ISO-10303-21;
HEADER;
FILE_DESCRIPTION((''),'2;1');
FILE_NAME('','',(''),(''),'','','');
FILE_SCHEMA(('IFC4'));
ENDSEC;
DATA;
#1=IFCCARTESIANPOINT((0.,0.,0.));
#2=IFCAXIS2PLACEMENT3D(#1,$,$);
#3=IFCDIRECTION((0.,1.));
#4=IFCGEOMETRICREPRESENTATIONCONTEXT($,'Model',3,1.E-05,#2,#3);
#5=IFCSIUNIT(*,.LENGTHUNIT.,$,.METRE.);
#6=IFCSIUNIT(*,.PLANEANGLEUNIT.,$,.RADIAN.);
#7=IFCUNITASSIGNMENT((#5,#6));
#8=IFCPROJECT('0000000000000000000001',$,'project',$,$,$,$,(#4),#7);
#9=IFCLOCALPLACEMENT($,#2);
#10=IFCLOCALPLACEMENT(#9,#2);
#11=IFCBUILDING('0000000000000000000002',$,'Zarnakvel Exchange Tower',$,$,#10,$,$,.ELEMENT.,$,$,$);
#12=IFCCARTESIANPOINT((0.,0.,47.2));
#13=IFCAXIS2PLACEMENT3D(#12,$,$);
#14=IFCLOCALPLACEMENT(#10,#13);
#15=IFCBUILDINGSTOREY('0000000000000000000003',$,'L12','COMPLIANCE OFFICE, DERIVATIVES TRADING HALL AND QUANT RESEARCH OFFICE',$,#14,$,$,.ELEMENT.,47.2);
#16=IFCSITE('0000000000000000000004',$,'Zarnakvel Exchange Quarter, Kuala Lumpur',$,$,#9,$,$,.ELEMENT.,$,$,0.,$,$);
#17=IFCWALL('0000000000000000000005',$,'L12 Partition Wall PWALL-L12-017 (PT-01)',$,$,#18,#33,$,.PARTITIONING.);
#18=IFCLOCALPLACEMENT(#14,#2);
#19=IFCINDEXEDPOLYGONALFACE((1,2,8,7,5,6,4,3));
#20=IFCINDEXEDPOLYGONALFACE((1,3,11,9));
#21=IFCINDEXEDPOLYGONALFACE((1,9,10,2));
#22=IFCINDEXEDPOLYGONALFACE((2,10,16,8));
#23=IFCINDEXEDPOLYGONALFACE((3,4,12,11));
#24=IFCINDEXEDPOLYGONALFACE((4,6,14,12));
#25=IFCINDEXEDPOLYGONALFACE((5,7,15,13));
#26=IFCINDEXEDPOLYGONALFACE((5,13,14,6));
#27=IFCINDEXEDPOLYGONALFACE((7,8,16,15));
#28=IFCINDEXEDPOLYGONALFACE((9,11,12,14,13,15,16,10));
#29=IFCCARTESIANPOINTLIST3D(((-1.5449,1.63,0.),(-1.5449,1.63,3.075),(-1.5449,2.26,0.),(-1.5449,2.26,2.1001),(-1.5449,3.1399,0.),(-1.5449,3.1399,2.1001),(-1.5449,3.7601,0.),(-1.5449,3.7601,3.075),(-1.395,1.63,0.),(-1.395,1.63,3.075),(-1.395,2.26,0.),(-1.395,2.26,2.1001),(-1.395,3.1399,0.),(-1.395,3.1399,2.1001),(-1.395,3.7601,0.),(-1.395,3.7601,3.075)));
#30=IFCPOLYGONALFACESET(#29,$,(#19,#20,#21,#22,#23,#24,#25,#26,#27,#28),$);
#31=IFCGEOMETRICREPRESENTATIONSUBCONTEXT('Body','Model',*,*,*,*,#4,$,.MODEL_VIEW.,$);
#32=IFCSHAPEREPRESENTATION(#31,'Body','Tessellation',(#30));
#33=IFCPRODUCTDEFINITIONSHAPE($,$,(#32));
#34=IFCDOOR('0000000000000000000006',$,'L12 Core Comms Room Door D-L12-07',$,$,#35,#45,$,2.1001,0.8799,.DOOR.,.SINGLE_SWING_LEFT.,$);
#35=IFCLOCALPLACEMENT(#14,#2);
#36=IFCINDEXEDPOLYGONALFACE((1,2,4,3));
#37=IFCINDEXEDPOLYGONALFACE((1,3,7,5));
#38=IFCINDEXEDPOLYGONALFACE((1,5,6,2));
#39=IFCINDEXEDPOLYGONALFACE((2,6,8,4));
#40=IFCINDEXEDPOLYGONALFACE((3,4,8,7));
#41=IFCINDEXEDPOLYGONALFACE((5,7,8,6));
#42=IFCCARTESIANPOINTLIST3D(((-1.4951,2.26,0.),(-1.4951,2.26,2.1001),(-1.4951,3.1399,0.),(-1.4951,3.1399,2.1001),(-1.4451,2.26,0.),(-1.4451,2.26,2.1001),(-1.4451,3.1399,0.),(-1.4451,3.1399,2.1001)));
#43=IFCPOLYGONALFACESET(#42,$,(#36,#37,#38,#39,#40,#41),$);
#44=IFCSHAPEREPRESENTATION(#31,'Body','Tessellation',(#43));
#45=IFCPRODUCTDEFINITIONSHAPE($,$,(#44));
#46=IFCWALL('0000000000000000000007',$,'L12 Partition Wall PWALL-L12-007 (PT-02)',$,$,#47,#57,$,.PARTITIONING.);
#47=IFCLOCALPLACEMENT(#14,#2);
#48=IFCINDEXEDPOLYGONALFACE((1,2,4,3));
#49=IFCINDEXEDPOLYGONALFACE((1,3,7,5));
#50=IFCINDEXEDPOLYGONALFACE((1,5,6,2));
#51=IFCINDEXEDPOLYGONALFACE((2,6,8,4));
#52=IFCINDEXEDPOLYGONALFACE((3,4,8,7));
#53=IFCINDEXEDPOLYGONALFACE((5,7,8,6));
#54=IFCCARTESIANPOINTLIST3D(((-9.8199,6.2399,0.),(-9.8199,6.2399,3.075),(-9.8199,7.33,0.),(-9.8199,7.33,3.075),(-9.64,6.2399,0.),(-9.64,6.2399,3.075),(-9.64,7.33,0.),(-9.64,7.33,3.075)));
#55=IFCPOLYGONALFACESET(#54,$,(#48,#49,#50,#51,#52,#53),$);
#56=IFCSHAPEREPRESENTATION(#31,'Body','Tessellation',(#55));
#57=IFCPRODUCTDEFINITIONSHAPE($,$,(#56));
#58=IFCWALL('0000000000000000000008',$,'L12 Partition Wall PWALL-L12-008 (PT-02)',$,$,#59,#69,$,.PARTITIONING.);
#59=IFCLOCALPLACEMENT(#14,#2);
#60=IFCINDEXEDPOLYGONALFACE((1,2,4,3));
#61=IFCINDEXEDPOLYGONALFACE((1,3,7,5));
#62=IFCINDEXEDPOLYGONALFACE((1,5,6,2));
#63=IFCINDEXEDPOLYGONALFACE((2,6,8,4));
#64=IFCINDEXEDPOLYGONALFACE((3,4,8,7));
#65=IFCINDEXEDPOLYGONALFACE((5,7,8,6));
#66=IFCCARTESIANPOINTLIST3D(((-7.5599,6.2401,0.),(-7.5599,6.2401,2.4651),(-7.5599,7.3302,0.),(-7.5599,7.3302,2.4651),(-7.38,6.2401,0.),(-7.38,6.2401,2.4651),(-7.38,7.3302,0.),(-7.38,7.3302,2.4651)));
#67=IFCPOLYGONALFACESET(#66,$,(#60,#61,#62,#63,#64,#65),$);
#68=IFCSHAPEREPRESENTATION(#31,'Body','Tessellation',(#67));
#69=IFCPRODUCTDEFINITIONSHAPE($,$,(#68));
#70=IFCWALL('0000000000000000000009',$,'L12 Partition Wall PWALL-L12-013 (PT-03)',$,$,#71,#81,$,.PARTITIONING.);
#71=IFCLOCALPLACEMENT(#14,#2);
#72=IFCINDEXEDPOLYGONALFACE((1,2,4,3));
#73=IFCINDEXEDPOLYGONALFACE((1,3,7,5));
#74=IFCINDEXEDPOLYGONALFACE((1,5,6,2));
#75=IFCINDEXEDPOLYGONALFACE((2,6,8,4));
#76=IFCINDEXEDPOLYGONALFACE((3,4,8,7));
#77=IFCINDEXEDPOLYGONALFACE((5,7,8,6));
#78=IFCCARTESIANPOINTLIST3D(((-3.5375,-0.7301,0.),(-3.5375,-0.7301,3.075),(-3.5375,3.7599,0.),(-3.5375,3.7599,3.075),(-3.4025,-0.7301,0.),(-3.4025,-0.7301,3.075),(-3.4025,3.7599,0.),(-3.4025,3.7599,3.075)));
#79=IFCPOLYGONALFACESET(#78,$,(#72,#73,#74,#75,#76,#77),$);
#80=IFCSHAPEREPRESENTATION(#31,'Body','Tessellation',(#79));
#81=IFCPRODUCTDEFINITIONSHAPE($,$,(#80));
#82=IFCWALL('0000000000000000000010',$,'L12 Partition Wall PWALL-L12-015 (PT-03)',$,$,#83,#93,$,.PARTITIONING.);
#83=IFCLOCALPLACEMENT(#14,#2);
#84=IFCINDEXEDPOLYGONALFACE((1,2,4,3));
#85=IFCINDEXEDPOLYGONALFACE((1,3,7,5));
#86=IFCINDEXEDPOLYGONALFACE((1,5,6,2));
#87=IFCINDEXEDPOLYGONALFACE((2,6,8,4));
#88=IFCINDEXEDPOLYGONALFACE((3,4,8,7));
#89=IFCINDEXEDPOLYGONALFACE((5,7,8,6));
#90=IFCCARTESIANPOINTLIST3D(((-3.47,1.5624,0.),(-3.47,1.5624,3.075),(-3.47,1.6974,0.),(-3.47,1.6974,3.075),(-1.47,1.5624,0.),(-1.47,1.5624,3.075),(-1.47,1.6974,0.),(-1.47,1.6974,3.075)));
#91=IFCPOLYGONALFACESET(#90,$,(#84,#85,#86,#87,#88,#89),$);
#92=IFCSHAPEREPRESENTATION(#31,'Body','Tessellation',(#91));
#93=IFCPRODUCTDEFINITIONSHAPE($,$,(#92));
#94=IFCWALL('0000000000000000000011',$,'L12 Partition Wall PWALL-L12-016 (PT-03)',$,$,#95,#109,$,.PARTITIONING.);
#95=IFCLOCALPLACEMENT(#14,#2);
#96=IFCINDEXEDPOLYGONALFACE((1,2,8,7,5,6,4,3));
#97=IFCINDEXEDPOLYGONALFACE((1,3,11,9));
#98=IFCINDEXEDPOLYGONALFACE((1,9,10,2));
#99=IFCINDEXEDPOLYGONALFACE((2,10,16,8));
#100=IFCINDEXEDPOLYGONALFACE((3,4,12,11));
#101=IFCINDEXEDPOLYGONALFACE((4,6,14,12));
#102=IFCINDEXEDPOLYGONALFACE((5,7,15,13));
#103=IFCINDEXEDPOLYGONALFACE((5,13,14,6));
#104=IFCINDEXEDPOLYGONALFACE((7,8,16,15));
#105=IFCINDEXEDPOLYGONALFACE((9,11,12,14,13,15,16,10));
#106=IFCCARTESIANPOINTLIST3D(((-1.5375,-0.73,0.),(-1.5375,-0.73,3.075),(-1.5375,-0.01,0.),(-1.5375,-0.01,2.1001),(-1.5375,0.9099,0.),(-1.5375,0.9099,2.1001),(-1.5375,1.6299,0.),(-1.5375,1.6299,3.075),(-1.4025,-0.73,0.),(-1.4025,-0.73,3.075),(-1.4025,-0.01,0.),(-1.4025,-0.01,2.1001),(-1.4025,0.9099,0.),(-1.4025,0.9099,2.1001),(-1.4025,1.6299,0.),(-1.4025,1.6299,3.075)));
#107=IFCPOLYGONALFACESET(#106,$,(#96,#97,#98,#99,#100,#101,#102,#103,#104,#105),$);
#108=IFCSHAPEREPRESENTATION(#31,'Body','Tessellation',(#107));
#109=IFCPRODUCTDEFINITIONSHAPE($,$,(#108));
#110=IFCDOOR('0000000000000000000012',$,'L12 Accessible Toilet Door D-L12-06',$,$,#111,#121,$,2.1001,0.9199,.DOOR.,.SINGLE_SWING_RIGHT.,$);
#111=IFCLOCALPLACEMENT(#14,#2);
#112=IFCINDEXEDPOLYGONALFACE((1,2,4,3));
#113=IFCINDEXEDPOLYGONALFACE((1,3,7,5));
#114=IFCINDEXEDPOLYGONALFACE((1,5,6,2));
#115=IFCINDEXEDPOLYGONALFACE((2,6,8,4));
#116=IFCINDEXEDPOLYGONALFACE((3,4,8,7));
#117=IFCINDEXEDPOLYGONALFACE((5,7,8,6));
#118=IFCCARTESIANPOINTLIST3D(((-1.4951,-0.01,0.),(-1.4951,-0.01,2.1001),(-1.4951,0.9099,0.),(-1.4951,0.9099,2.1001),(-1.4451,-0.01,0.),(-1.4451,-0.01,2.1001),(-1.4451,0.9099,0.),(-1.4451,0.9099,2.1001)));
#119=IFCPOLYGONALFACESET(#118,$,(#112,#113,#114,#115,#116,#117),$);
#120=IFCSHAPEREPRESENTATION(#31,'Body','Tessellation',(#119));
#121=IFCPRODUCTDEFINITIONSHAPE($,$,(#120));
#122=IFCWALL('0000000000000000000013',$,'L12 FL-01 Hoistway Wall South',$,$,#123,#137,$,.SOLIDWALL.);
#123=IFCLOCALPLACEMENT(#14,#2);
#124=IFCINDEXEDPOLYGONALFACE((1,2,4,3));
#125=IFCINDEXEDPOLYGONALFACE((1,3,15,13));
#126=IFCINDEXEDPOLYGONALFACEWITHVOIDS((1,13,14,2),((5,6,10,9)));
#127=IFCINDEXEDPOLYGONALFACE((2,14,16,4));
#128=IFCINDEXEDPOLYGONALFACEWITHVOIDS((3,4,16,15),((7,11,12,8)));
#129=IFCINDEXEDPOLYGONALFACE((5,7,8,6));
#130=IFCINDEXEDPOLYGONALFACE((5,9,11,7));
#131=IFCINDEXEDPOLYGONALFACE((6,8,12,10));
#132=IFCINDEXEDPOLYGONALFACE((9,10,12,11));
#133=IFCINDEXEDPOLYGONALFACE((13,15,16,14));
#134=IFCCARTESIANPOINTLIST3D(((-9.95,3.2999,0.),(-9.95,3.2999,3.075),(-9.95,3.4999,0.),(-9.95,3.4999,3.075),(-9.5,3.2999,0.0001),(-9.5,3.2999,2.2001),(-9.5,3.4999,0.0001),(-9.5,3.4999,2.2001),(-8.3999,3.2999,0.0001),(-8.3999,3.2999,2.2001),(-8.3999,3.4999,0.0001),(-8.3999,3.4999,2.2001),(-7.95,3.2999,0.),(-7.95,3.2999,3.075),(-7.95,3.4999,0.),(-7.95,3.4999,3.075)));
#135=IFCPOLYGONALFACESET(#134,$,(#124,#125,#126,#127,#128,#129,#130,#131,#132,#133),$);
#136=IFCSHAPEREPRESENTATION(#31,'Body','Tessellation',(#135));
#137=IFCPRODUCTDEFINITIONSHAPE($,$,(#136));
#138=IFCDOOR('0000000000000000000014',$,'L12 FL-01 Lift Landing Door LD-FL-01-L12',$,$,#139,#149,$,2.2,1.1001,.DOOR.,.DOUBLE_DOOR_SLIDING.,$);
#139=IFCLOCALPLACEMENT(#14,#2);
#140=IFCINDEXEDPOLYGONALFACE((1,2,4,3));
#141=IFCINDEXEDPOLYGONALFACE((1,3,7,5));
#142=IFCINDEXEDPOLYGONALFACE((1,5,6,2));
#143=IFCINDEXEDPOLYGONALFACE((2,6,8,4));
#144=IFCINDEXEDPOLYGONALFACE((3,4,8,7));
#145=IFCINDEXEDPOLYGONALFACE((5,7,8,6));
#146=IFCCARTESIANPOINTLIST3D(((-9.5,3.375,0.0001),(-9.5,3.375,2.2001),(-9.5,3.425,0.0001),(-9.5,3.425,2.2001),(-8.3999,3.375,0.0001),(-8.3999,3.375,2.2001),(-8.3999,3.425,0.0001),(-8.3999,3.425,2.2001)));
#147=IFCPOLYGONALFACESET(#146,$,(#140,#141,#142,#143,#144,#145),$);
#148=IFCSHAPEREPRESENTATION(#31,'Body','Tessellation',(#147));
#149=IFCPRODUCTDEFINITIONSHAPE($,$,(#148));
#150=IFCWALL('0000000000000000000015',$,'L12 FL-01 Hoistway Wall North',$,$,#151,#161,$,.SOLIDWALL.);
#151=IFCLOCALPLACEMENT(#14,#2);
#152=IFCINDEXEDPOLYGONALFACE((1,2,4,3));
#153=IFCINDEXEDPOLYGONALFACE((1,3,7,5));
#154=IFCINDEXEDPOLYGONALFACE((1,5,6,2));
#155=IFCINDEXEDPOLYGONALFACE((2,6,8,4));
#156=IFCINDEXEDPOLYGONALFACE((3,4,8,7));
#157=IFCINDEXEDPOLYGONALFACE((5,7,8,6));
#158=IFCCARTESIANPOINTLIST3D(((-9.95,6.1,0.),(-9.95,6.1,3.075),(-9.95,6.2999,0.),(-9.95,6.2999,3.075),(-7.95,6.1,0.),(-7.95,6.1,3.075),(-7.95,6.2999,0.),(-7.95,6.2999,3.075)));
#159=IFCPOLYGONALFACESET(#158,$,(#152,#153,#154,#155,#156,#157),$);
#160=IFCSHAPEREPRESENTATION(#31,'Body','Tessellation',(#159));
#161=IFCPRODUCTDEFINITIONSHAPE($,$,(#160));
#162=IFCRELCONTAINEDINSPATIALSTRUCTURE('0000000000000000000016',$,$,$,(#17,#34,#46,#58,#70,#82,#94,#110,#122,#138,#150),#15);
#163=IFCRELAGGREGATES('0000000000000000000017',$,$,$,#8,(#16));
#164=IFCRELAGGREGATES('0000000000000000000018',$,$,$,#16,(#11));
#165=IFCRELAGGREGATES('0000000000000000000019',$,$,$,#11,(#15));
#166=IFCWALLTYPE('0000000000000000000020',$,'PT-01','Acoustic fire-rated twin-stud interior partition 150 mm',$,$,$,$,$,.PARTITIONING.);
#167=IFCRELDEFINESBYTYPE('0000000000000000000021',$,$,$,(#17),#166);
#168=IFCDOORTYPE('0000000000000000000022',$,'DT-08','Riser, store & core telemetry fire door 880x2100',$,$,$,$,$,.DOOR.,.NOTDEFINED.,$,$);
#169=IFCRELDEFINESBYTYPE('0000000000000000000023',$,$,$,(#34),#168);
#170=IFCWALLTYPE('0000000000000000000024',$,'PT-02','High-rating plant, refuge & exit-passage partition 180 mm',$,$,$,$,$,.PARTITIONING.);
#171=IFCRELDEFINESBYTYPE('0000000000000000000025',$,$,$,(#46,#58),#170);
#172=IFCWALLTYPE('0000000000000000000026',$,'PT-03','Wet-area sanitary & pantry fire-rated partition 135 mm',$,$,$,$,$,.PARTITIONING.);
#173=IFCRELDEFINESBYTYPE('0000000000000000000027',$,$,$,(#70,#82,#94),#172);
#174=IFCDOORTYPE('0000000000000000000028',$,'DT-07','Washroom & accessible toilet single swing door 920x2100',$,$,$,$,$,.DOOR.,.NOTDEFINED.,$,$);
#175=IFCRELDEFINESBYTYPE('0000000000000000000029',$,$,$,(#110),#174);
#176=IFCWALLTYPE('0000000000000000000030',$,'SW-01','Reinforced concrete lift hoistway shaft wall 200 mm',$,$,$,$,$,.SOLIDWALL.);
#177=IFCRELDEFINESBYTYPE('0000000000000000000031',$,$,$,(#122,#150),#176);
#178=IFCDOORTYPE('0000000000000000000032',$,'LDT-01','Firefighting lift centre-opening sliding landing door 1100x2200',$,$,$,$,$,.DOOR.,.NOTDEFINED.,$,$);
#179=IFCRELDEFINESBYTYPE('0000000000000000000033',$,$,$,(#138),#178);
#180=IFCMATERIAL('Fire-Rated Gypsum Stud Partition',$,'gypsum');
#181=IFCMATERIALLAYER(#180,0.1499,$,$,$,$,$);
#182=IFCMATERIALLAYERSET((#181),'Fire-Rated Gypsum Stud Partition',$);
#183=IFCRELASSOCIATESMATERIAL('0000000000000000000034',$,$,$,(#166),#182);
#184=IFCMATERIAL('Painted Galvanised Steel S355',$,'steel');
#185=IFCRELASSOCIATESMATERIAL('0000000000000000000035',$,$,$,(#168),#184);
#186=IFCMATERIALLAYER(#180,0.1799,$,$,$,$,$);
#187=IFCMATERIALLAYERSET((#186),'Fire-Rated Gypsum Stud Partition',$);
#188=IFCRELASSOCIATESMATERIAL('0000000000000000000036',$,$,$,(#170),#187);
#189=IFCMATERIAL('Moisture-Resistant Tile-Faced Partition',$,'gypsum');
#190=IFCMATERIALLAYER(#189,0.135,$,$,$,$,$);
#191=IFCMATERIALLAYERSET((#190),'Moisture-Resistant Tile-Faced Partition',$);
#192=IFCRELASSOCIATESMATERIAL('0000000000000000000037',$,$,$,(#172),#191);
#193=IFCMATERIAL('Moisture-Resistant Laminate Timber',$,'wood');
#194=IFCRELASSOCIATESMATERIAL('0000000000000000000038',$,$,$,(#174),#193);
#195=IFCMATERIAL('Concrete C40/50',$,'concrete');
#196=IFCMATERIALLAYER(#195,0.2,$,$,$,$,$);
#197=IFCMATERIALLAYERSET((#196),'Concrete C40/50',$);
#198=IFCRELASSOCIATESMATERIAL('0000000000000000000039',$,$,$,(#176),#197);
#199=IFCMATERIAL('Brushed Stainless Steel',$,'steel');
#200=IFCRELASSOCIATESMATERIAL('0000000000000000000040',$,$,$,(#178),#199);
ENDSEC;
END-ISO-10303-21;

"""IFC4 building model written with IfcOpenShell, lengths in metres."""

from ifc_helpers import new_model, si_unit, direction, frame, frame_2d, origin, place, context, subcontext, project, spatial, rectangle, extrude, source, transform, mapped, material, layer, layer_set, type_object, element, fill, save


model = new_model("IFC4")

# Units and contexts
model_context = context("Model", 3, precision=1e-05, world=origin(), true_north=direction((0.0, 1.0)))
body_context = subcontext(model_context, "Body", "Model", "MODEL_VIEW")
ifc_project = project(units=[si_unit("LENGTHUNIT", "METRE"), si_unit("PLANEANGLEUNIT", "RADIAN")], contexts=[model_context])

# Site, building, storey
site_placement = place(None, origin())
site = spatial("IfcSite", under=ifc_project, at=site_placement, Name="Zarnakvel Exchange Quarter, Kuala Lumpur", CompositionType="ELEMENT", RefElevation=0.0)
building_placement = place(site_placement, origin())
building = spatial("IfcBuilding", under=site, at=building_placement, Name="Zarnakvel Exchange Tower", CompositionType="ELEMENT")
storey_placement = place(building_placement, frame((0.0, 0.0, 47.2)))
storey = spatial("IfcBuildingStorey", under=building, at=storey_placement, Name="L12", Description="COMPLIANCE OFFICE, DERIVATIVES TRADING HALL AND QUANT RESEARCH OFFICE", CompositionType="ELEMENT", Elevation=47.2)

# Wall, opening, door
ifc_material_1 = material(Name="Fire-Rated Gypsum Stud Partition", Category="gypsum")
ifc_layer_1 = layer(ifc_material_1, 0.1499)
ifc_layer_set_1 = layer_set([ifc_layer_1], Name="Fire-Rated Gypsum Stud Partition")
wall_type_1 = type_object("IfcWallType", Name="PT-01", Description="Acoustic fire-rated twin-stud interior partition 150 mm", PredefinedType="PARTITIONING", material=ifc_layer_set_1)
wall_1_placement = place(storey_placement, frame((-1.47, 3.76, 0.0), z_axis=(0.0, 0.0, 1.0), x_axis=(0.0, -1.0, 0.0)))
wall_1 = element("IfcWall", 1, at=wall_1_placement, inside=storey, type_object=wall_type_1, Name="L12 Partition Wall PWALL-L12-017 (PT-01)", PredefinedType="PARTITIONING", context=body_context, shape_type="SweptSolid", body=[
    extrude(rectangle(XDim=2.1301, YDim=0.1499, at=frame_2d((1.0649, 0.0))), origin(), (0.0, 0.0, 1.0), 3.075),
])
opening_1_placement = place(wall_1_placement, frame((0.6201, 0.0, 0.0)))
opening_1 = element("IfcOpeningElement", 2, at=opening_1_placement, cuts=wall_1, PredefinedType="OPENING", context=body_context, shape_type="SweptSolid", body=[
    extrude(rectangle(XDim=0.8799, YDim=2.1001, at=frame_2d((0.4399, 1.05))), frame((0.0, 0.085, 0.0), z_axis=(0.0, -1.0, 0.0), x_axis=(1.0, 0.0, 0.0)), (0.0, 0.0, 1.0), 0.1699),
])
ifc_material_2 = material(Name="Painted Galvanised Steel S355", Category="steel")
door_type_1 = type_object("IfcDoorType", Name="DT-08", Description="Riser, store & core telemetry fire door 880x2100", OperationType="NOTDEFINED", PredefinedType="DOOR", material=ifc_material_2)
shared_shape_1 = source(origin(), body_context, "Body", "SweptSolid", [
    extrude(rectangle(XDim=0.8799, YDim=2.1001, at=frame_2d((0.4399, 1.05))), frame((0.0, 0.0249, 0.0), z_axis=(0.0, -1.0, 0.0), x_axis=(1.0, 0.0, 0.0)), (0.0, 0.0, 1.0), 0.05),
])
door_1_placement = place(opening_1_placement, origin())
door_1 = element("IfcDoor", 3, at=door_1_placement, inside=storey, type_object=door_type_1, Name="L12 Core Comms Room Door D-L12-07", OperationType="SINGLE_SWING_LEFT", OverallHeight=2.1001, OverallWidth=0.8799, PredefinedType="DOOR", context=body_context, shape_type="MappedRepresentation", body=[
    mapped(shared_shape_1, transform((0.0, 0.0, 0.0), x_axis=(1.0, 0.0, 0.0), y_axis=(0.0, 1.0, 0.0), z_axis=(0.0, 0.0, 1.0), scale=1.0)),
])
fill(opening_1, door_1)

# Walls
ifc_layer_2 = layer(ifc_material_1, 0.1799)
ifc_layer_set_2 = layer_set([ifc_layer_2], Name="Fire-Rated Gypsum Stud Partition")
wall_type_2 = type_object("IfcWallType", Name="PT-02", Description="High-rating plant, refuge & exit-passage partition 180 mm", PredefinedType="PARTITIONING", material=ifc_layer_set_2)
wall_2_placement = place(storey_placement, frame((-9.73, 6.24, 0.0), z_axis=(0.0, 0.0, 1.0), x_axis=(0.0, 1.0, 0.0)))
element("IfcWall", 4, at=wall_2_placement, inside=storey, type_object=wall_type_2, Name="L12 Partition Wall PWALL-L12-007 (PT-02)", PredefinedType="PARTITIONING", context=body_context, shape_type="SweptSolid", body=[
    extrude(rectangle(XDim=1.0901, YDim=0.1799, at=frame_2d((0.5449, 0.0))), origin(), (0.0, 0.0, 1.0), 3.075),
])
wall_3_placement = place(storey_placement, frame((-7.47, 7.3301, 0.0), z_axis=(0.0, 0.0, 1.0), x_axis=(0.0, -1.0, 0.0)))
element("IfcWall", 5, at=wall_3_placement, inside=storey, type_object=wall_type_2, Name="L12 Partition Wall PWALL-L12-008 (PT-02)", PredefinedType="PARTITIONING", context=body_context, shape_type="SweptSolid", body=[
    extrude(rectangle(XDim=1.0901, YDim=0.1799, at=frame_2d((0.5449, 0.0))), origin(), (0.0, 0.0, 1.0), 2.4651),
])
ifc_material_3 = material(Name="Moisture-Resistant Tile-Faced Partition", Category="gypsum")
ifc_layer_3 = layer(ifc_material_3, 0.135)
ifc_layer_set_3 = layer_set([ifc_layer_3], Name="Moisture-Resistant Tile-Faced Partition")
wall_type_3 = type_object("IfcWallType", Name="PT-03", Description="Wet-area sanitary & pantry fire-rated partition 135 mm", PredefinedType="PARTITIONING", material=ifc_layer_set_3)
wall_4_placement = place(storey_placement, frame((-3.47, 3.76, 0.0), z_axis=(0.0, 0.0, 1.0), x_axis=(0.0, -1.0, 0.0)))
element("IfcWall", 6, at=wall_4_placement, inside=storey, type_object=wall_type_3, Name="L12 Partition Wall PWALL-L12-013 (PT-03)", PredefinedType="PARTITIONING", context=body_context, shape_type="SweptSolid", body=[
    extrude(rectangle(XDim=4.49, YDim=0.135, at=frame_2d((2.2451, 0.0))), origin(), (0.0, 0.0, 1.0), 3.075),
])
wall_5_placement = place(storey_placement, frame((-3.47, 1.6299, 0.0), z_axis=(0.0, 0.0, 1.0), x_axis=(1.0, 0.0, 0.0)))
element("IfcWall", 7, at=wall_5_placement, inside=storey, type_object=wall_type_3, Name="L12 Partition Wall PWALL-L12-015 (PT-03)", PredefinedType="PARTITIONING", context=body_context, shape_type="SweptSolid", body=[
    extrude(rectangle(XDim=2.0, YDim=0.135, at=frame_2d((1.0, 0.0))), origin(), (0.0, 0.0, 1.0), 3.075),
])

# Walls, openings, doors
wall_6_placement = place(storey_placement, frame((-1.47, 1.6299, 0.0), z_axis=(0.0, 0.0, 1.0), x_axis=(0.0, -1.0, 0.0)))
wall_6 = element("IfcWall", 8, at=wall_6_placement, inside=storey, type_object=wall_type_3, Name="L12 Partition Wall PWALL-L12-016 (PT-03)", PredefinedType="PARTITIONING", context=body_context, shape_type="SweptSolid", body=[
    extrude(rectangle(XDim=2.3599, YDim=0.135, at=frame_2d((1.1799, 0.0))), origin(), (0.0, 0.0, 1.0), 3.075),
])
opening_2_placement = place(wall_6_placement, frame((0.72, 0.0, 0.0)))
opening_2 = element("IfcOpeningElement", 9, at=opening_2_placement, cuts=wall_6, PredefinedType="OPENING", context=body_context, shape_type="SweptSolid", body=[
    extrude(rectangle(XDim=0.9199, YDim=2.1001, at=frame_2d((0.46, 1.05))), frame((0.0, 0.0774, 0.0), z_axis=(0.0, -1.0, 0.0), x_axis=(1.0, 0.0, 0.0)), (0.0, 0.0, 1.0), 0.155),
])
ifc_material_4 = material(Name="Moisture-Resistant Laminate Timber", Category="wood")
door_type_2 = type_object("IfcDoorType", Name="DT-07", Description="Washroom & accessible toilet single swing door 920x2100", OperationType="NOTDEFINED", PredefinedType="DOOR", material=ifc_material_4)
shared_shape_2 = source(origin(), body_context, "Body", "SweptSolid", [
    extrude(rectangle(XDim=0.9199, YDim=2.1001, at=frame_2d((0.46, 1.05))), frame((0.0, 0.0249, 0.0), z_axis=(0.0, -1.0, 0.0), x_axis=(1.0, 0.0, 0.0)), (0.0, 0.0, 1.0), 0.05),
])
door_2_placement = place(opening_2_placement, origin())
door_2 = element("IfcDoor", 10, at=door_2_placement, inside=storey, type_object=door_type_2, Name="L12 Accessible Toilet Door D-L12-06", OperationType="SINGLE_SWING_RIGHT", OverallHeight=2.1001, OverallWidth=0.9199, PredefinedType="DOOR", context=body_context, shape_type="MappedRepresentation", body=[
    mapped(shared_shape_2, transform((0.0, 0.0, 0.0), x_axis=(1.0, 0.0, 0.0), y_axis=(0.0, 1.0, 0.0), z_axis=(0.0, 0.0, 1.0), scale=1.0)),
])
fill(opening_2, door_2)
ifc_material_5 = material(Name="Concrete C40/50", Category="concrete")
ifc_layer_4 = layer(ifc_material_5, 0.2)
ifc_layer_set_4 = layer_set([ifc_layer_4], Name="Concrete C40/50")
wall_type_4 = type_object("IfcWallType", Name="SW-01", Description="Reinforced concrete lift hoistway shaft wall 200 mm", PredefinedType="SOLIDWALL", material=ifc_layer_set_4)
wall_7_placement = place(storey_placement, frame((-7.95, 3.3999, 0.0), z_axis=(0.0, 0.0, 1.0), x_axis=(-1.0, 0.0, 0.0)))
wall_7 = element("IfcWall", 11, at=wall_7_placement, inside=storey, type_object=wall_type_4, Name="L12 FL-01 Hoistway Wall South", PredefinedType="SOLIDWALL", context=body_context, shape_type="SweptSolid", body=[
    extrude(rectangle(XDim=2.0, YDim=0.2, at=frame_2d((1.0, 0.0))), origin(), (0.0, 0.0, 1.0), 3.075),
])
opening_3_placement = place(wall_7_placement, frame((0.45, 0.0, 0.0)))
opening_3 = element("IfcOpeningElement", 12, at=opening_3_placement, cuts=wall_7, PredefinedType="OPENING", context=body_context, shape_type="SweptSolid", body=[
    extrude(rectangle(XDim=1.1001, YDim=2.2, at=frame_2d((0.55, 1.1001))), frame((0.0, 0.1099, 0.0), z_axis=(0.0, -1.0, 0.0), x_axis=(1.0, 0.0, 0.0)), (0.0, 0.0, 1.0), 0.22),
])
ifc_material_6 = material(Name="Brushed Stainless Steel", Category="steel")
door_type_3 = type_object("IfcDoorType", Name="LDT-01", Description="Firefighting lift centre-opening sliding landing door 1100x2200", OperationType="NOTDEFINED", PredefinedType="DOOR", material=ifc_material_6)
shared_shape_3 = source(origin(), body_context, "Body", "SweptSolid", [
    extrude(rectangle(XDim=1.1001, YDim=2.2, at=frame_2d((0.55, 1.1001))), frame((0.0, 0.0249, 0.0), z_axis=(0.0, -1.0, 0.0), x_axis=(1.0, 0.0, 0.0)), (0.0, 0.0, 1.0), 0.05),
])
door_3_placement = place(opening_3_placement, origin())
door_3 = element("IfcDoor", 13, at=door_3_placement, inside=storey, type_object=door_type_3, Name="L12 FL-01 Lift Landing Door LD-FL-01-L12", OperationType="DOUBLE_DOOR_SLIDING", OverallHeight=2.2, OverallWidth=1.1001, PredefinedType="DOOR", context=body_context, shape_type="MappedRepresentation", body=[
    mapped(shared_shape_3, transform((0.0, 0.0, 0.0), x_axis=(1.0, 0.0, 0.0), y_axis=(0.0, 1.0, 0.0), z_axis=(0.0, 0.0, 1.0), scale=1.0)),
])
fill(opening_3, door_3)

# Wall
wall_8_placement = place(storey_placement, frame((-9.95, 6.2, 0.0), z_axis=(0.0, 0.0, 1.0), x_axis=(1.0, 0.0, 0.0)))
element("IfcWall", 14, at=wall_8_placement, inside=storey, type_object=wall_type_4, Name="L12 FL-01 Hoistway Wall North", PredefinedType="SOLIDWALL", context=body_context, shape_type="SweptSolid", body=[
    extrude(rectangle(XDim=2.0, YDim=0.2, at=frame_2d((1.0, 0.0))), origin(), (0.0, 0.0, 1.0), 3.075),
])

save(model, "model.ifc")
